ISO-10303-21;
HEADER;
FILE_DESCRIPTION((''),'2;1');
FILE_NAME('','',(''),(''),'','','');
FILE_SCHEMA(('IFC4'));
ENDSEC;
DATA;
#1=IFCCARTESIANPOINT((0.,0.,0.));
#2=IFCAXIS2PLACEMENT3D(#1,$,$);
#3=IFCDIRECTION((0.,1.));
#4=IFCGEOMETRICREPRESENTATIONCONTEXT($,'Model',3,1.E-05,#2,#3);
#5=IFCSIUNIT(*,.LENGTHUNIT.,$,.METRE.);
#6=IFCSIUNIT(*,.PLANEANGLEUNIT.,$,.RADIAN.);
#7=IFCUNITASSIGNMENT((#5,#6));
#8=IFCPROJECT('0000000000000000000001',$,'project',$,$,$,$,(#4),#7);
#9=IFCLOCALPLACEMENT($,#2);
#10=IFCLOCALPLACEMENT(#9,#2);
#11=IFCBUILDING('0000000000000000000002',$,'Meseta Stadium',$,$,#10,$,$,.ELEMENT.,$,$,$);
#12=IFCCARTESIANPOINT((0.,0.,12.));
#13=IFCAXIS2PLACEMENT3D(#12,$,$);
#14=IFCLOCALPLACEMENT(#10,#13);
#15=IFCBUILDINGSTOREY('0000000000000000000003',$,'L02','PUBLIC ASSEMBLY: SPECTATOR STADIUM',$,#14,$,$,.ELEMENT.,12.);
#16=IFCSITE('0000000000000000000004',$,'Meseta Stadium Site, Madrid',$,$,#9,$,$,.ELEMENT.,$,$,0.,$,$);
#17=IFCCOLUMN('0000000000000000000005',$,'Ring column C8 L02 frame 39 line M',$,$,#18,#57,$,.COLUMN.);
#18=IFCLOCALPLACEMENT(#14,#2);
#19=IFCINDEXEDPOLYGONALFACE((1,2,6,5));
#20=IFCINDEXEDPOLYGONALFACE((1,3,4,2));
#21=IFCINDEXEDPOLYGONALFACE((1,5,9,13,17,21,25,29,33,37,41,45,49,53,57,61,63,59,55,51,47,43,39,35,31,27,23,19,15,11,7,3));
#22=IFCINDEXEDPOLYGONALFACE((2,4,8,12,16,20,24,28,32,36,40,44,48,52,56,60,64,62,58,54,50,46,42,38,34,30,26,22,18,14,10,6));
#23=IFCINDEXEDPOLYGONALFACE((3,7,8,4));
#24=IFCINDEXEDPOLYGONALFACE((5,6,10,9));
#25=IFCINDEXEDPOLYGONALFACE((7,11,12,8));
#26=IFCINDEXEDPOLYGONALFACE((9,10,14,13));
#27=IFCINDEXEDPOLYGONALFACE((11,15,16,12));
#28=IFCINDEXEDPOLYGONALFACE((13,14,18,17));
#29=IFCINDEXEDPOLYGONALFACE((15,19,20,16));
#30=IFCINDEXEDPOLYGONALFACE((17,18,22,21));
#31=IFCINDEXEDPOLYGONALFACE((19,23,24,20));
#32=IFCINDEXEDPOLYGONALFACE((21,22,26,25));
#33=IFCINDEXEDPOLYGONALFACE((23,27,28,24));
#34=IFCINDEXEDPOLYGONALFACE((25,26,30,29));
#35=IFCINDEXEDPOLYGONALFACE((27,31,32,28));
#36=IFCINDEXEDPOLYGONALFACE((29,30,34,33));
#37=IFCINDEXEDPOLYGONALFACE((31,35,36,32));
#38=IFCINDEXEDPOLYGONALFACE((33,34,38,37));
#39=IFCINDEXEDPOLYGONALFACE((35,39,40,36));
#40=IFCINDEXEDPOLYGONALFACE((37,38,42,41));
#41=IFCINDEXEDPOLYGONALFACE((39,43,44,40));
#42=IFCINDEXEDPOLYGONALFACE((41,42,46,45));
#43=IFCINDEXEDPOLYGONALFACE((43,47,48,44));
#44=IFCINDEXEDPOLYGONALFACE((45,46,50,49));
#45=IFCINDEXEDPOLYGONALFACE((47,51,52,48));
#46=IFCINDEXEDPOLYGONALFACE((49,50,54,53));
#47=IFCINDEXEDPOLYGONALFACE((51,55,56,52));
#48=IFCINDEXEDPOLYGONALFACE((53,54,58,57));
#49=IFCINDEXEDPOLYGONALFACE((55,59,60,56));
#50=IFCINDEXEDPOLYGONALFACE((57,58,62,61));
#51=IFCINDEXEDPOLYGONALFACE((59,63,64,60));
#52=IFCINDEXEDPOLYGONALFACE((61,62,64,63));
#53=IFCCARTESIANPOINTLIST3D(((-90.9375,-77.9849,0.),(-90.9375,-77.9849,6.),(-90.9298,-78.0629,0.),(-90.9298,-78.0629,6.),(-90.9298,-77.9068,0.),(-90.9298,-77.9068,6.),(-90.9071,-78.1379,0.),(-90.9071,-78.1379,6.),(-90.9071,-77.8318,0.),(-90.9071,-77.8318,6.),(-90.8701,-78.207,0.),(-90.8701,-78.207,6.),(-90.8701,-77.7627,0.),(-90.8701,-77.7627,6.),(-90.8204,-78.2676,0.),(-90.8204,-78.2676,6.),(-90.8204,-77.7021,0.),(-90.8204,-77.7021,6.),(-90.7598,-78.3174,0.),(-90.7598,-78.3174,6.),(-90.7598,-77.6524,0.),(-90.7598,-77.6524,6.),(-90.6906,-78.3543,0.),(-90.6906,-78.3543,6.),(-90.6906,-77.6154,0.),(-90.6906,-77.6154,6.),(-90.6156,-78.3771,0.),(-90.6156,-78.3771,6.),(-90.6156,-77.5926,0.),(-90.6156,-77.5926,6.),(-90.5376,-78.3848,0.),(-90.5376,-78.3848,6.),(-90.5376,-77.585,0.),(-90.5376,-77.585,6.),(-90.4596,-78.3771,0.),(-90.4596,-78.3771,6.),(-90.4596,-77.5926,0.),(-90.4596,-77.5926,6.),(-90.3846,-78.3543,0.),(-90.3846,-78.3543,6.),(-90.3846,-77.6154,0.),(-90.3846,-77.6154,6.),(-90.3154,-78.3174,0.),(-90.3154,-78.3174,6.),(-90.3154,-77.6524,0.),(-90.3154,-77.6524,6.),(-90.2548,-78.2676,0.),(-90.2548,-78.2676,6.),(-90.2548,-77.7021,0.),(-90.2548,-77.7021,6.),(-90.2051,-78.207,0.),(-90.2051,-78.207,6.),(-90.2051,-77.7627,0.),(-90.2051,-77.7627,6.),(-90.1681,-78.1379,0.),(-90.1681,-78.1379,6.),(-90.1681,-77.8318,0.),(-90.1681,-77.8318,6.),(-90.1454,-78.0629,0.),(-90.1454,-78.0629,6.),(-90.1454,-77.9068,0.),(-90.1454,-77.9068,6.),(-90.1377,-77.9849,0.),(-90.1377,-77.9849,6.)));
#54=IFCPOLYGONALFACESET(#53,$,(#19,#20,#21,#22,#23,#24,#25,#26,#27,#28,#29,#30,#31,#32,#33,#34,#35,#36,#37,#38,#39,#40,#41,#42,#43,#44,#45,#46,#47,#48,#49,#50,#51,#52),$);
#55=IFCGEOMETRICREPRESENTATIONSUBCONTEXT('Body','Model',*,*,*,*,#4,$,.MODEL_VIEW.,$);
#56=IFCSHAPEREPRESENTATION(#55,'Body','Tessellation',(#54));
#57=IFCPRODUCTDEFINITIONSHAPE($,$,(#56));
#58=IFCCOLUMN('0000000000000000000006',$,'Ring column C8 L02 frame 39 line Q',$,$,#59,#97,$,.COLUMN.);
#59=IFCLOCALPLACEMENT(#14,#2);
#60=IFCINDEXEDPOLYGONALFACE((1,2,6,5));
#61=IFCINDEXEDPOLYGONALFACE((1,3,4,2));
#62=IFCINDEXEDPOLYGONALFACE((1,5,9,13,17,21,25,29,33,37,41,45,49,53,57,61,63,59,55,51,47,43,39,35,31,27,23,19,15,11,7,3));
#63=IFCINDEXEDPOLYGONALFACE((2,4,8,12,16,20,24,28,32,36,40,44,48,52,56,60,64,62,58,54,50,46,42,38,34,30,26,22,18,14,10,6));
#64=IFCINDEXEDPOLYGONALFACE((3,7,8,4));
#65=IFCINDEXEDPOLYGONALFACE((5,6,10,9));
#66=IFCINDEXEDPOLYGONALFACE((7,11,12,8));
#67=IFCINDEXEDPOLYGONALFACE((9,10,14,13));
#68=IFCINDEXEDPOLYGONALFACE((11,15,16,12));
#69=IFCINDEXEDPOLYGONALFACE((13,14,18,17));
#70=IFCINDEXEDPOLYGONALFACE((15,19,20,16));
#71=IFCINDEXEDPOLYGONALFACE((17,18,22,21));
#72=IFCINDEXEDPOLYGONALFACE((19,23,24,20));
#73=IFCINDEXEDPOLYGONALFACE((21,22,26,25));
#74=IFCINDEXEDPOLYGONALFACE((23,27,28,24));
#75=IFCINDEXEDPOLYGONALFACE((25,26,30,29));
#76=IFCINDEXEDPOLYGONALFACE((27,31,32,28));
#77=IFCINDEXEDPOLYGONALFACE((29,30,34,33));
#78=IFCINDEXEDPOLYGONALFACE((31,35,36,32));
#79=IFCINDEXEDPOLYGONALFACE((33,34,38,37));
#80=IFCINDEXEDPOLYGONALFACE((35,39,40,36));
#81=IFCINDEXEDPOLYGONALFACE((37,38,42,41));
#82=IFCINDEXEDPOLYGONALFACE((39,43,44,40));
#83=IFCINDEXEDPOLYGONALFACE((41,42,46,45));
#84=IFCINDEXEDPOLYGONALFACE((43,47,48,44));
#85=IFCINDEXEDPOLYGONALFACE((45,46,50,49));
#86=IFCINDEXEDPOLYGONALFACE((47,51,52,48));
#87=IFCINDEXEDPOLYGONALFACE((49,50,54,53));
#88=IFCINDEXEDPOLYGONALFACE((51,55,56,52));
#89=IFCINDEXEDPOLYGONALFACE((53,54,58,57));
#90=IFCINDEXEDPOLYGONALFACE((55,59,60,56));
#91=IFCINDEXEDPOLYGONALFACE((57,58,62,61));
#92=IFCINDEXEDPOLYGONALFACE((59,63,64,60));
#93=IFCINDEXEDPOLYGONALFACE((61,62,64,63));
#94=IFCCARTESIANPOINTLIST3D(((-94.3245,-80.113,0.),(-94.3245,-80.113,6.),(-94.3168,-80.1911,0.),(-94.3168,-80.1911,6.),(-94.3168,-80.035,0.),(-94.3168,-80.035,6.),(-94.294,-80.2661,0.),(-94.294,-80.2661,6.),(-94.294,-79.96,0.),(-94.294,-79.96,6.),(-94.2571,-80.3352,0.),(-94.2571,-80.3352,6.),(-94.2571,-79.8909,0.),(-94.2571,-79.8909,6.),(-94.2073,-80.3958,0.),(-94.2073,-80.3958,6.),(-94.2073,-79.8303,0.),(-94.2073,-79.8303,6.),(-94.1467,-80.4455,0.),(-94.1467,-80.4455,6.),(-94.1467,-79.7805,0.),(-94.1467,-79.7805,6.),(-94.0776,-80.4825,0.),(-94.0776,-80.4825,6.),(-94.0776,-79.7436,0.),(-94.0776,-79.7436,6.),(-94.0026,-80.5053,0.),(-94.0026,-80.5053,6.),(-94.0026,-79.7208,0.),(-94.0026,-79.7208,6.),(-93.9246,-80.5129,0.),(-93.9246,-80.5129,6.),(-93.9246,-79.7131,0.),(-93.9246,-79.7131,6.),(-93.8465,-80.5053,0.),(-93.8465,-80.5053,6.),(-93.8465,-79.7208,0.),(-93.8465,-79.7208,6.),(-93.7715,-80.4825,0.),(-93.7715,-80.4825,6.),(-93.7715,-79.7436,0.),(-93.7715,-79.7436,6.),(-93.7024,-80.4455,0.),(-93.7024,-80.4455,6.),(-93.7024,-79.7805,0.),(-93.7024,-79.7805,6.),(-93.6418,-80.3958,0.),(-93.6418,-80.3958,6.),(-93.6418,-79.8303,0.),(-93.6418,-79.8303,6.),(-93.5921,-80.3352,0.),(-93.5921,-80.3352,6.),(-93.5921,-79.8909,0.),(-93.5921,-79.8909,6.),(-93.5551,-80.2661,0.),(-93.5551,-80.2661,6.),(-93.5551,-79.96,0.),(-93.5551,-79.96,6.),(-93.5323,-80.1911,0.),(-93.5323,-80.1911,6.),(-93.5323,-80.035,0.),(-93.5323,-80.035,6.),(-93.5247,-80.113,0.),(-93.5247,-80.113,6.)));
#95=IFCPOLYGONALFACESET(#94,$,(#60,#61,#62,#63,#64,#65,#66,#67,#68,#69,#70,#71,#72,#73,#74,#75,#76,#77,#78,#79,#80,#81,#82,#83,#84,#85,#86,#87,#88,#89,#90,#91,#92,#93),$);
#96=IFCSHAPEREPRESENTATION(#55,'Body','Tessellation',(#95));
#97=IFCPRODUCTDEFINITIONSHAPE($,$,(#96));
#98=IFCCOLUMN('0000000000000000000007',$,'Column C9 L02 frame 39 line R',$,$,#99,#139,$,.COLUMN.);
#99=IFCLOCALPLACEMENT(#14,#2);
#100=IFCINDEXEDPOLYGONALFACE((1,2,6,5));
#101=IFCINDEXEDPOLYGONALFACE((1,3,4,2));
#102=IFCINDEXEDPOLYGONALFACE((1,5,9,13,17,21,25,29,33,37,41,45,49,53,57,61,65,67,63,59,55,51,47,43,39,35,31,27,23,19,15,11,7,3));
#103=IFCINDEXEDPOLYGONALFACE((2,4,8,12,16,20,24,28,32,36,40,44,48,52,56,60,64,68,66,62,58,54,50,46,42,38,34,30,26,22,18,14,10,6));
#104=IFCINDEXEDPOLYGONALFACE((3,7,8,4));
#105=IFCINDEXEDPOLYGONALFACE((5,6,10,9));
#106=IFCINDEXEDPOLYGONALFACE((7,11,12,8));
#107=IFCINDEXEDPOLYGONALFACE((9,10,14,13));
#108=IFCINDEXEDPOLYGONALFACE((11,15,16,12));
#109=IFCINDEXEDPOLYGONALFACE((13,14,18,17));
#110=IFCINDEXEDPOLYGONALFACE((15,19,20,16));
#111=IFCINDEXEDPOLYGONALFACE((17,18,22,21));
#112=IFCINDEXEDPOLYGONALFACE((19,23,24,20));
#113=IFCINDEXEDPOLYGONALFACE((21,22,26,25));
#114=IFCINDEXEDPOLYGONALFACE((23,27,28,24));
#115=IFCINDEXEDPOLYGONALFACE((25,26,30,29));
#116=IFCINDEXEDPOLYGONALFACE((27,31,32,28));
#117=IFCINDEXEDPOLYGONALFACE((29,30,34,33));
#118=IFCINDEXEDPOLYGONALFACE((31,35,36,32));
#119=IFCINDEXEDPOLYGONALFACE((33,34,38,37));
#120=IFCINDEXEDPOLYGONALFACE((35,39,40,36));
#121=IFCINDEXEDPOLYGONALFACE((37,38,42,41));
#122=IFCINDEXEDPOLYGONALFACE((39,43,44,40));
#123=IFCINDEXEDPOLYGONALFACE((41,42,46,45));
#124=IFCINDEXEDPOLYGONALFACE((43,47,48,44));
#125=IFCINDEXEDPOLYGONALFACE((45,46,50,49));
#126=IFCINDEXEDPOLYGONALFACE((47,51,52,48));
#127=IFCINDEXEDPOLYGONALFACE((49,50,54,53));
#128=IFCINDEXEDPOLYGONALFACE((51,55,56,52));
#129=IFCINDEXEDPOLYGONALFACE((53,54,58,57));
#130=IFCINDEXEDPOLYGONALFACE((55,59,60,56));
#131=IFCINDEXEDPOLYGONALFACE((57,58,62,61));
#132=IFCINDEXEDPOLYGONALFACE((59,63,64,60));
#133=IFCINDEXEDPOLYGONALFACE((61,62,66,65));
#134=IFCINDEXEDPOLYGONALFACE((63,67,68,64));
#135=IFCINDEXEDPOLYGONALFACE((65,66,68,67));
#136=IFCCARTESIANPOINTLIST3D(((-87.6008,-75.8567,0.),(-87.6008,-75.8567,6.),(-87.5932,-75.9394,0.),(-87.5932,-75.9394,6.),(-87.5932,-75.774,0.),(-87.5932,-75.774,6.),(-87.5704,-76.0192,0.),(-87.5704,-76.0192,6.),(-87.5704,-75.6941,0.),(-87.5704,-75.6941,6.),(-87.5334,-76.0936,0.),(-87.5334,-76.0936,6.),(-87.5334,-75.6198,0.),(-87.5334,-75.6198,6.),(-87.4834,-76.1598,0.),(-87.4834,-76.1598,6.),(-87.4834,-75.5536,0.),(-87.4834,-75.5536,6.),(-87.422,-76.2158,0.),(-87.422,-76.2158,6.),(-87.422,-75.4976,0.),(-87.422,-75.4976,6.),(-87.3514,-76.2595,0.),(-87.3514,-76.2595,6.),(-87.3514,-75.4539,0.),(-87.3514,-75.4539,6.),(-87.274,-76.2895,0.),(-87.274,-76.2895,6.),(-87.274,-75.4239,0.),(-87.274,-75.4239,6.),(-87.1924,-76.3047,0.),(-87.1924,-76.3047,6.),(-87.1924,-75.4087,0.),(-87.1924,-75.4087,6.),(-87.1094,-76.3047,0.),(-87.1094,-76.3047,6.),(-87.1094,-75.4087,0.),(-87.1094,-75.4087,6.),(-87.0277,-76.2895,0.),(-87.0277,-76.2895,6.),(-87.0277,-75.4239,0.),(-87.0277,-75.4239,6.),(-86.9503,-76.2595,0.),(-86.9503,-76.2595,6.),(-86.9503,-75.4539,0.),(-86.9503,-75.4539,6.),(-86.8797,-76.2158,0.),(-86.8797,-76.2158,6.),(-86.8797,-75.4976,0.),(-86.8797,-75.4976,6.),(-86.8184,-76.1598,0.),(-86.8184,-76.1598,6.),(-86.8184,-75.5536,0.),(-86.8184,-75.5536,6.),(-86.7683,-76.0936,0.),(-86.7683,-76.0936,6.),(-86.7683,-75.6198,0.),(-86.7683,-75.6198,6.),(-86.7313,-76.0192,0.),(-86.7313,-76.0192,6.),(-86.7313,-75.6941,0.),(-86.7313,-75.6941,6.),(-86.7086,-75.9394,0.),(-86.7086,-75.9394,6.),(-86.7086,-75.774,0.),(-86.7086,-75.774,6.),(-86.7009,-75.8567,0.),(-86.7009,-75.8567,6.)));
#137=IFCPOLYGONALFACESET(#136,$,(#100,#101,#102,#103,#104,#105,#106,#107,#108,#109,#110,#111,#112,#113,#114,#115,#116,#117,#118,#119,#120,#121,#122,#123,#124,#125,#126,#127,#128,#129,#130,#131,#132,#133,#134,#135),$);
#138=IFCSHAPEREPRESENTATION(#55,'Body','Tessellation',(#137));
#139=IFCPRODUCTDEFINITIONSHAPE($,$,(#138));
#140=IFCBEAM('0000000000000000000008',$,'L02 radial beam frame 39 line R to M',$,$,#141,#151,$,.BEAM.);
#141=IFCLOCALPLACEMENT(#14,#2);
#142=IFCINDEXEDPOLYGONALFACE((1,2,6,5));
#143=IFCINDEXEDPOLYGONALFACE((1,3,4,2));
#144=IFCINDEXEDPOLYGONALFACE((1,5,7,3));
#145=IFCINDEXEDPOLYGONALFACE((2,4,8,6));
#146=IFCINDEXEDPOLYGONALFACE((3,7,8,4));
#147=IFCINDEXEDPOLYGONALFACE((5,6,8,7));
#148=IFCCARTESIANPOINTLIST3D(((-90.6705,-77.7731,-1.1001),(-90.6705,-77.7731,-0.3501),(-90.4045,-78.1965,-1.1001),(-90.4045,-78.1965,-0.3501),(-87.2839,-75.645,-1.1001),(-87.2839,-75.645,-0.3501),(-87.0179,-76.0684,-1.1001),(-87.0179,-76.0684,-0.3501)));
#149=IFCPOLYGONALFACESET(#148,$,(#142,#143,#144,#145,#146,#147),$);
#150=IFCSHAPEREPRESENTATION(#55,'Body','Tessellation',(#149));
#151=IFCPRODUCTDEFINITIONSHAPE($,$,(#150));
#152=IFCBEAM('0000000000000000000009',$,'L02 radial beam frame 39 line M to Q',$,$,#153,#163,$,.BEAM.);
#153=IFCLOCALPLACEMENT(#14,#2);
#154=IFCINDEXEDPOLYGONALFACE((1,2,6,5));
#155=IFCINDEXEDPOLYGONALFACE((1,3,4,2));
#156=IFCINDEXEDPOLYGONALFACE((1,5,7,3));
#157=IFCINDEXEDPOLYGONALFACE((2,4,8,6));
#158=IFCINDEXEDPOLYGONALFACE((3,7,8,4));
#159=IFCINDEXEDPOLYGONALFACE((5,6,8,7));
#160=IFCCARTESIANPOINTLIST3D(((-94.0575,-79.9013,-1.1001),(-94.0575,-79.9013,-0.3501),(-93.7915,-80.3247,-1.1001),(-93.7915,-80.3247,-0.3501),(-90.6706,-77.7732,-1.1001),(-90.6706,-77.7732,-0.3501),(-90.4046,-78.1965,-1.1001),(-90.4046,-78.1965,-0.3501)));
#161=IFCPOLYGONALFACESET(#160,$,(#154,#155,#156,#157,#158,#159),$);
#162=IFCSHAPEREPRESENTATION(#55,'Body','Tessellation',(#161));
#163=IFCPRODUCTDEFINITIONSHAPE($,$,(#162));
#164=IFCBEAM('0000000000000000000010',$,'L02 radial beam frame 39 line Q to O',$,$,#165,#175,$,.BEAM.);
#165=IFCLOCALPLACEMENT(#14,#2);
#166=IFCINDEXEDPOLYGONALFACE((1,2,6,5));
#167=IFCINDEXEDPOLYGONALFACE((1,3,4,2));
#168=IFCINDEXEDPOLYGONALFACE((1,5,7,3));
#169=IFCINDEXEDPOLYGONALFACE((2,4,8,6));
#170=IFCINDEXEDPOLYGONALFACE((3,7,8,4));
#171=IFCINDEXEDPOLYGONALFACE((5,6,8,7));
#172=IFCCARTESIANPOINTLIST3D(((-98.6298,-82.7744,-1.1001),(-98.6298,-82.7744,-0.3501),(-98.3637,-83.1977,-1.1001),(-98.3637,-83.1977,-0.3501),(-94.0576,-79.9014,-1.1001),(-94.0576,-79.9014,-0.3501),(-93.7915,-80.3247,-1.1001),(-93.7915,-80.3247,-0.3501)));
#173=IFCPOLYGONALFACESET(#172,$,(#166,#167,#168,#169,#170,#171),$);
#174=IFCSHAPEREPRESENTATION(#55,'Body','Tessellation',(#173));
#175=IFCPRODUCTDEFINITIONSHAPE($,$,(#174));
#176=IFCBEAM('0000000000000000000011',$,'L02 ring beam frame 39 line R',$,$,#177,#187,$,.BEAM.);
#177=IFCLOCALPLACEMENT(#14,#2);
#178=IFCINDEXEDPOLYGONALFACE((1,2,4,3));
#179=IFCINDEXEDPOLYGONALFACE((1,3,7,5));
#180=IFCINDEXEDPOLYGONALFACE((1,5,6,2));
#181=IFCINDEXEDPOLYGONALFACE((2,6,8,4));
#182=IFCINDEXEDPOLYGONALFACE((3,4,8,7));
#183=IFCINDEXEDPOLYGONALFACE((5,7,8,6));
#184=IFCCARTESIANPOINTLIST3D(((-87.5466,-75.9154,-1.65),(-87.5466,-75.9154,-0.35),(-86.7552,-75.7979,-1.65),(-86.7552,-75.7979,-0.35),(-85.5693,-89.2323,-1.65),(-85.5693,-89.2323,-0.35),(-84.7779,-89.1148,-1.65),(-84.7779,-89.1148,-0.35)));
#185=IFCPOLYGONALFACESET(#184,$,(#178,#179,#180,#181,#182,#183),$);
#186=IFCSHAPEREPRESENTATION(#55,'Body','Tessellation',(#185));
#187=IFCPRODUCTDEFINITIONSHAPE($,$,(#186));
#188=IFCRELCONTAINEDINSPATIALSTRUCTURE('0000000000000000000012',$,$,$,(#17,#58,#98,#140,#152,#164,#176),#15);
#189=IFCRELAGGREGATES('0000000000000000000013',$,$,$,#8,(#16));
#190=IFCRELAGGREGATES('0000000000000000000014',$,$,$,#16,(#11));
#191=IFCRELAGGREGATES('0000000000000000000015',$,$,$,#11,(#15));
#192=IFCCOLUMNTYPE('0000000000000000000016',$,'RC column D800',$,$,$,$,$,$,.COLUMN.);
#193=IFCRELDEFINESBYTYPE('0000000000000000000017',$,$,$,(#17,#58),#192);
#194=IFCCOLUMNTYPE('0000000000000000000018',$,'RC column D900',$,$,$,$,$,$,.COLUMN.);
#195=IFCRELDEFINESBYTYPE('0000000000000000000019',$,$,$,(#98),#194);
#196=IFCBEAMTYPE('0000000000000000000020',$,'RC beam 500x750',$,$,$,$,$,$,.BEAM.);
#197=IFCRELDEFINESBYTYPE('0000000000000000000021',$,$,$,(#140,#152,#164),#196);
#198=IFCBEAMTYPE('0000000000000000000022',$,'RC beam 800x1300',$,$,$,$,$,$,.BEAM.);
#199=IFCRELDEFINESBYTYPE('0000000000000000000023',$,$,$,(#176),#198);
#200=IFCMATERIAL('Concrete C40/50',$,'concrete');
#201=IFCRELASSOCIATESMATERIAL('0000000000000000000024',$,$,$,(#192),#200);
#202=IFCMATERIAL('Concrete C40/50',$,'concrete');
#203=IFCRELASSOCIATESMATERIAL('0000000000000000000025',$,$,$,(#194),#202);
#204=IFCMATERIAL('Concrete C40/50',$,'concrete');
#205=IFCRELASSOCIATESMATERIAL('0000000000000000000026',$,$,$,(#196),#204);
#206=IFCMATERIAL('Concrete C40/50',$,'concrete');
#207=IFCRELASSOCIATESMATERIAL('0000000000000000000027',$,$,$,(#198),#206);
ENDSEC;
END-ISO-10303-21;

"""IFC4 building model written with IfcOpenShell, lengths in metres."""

from ifc_helpers import new_model, si_unit, direction, frame, origin, origin_2d, place, context, subcontext, project, spatial, rectangle, circle, extrude, material, material_profile, profile_set, type_object, element, save


model = new_model("IFC4")

# Units and contexts
model_context = context("Model", 3, precision=1e-05, world=origin(), true_north=direction((0.0, 1.0)))
body_context = subcontext(model_context, "Body", "Model", "MODEL_VIEW")
ifc_project = project(units=[si_unit("LENGTHUNIT", "METRE"), si_unit("PLANEANGLEUNIT", "RADIAN")], contexts=[model_context])

# Site, building, storey
site_placement = place(None, origin())
site = spatial("IfcSite", under=ifc_project, at=site_placement, Name="Meseta Stadium Site, Madrid", CompositionType="ELEMENT", RefElevation=0.0)
building_placement = place(site_placement, origin())
building = spatial("IfcBuilding", under=site, at=building_placement, Name="Meseta Stadium", CompositionType="ELEMENT")
storey_placement = place(building_placement, frame((0.0, 0.0, 12.0)))
storey = spatial("IfcBuildingStorey", under=building, at=storey_placement, Name="L02", Description="PUBLIC ASSEMBLY: SPECTATOR STADIUM", CompositionType="ELEMENT", Elevation=12.0)

# Columns
ifc_material_1 = material(Name="Concrete C40/50", Category="concrete")
ifc_material_profile_1 = material_profile(ifc_material_1, circle(Radius=0.3999, at=origin_2d()), Name="RC D800")
ifc_profile_set_1 = profile_set([ifc_material_profile_1], Name="Concrete C40/50")
column_type_1 = type_object("IfcColumnType", Name="RC column D800", PredefinedType="COLUMN", material=ifc_profile_set_1)
for number, where, z_axis, x_axis, name in (
    (1, (-90.5376, -77.9849, 0.0), (0.0, 0.0, 1.0), (1.0, 0.0, 0.0), "Ring column C8 L02 frame 39 line M"),
    (2, (-93.9246, -80.113, 0.0), (0.0, 0.0, 1.0), (1.0, 0.0, 0.0), "Ring column C8 L02 frame 39 line Q"),
):
    element("IfcColumn", number, at=place(storey_placement, frame(where, z_axis=z_axis, x_axis=x_axis)), inside=storey, type_object=column_type_1, Name=name, PredefinedType="COLUMN", context=body_context, shape_type="SweptSolid", body=[
        extrude(circle(Radius=0.3999, at=origin_2d()), origin(), (0.0, 0.0, 1.0), 6.0),
    ])
ifc_material_2 = material(Name="Concrete C40/50", Category="concrete")
ifc_material_profile_2 = material_profile(ifc_material_2, circle(Radius=0.45, at=origin_2d()), Name="RC D900")
ifc_profile_set_2 = profile_set([ifc_material_profile_2], Name="Concrete C40/50")
column_type_2 = type_object("IfcColumnType", Name="RC column D900", PredefinedType="COLUMN", material=ifc_profile_set_2)
column_placement = place(storey_placement, frame((-87.1509, -75.8567, 0.0), z_axis=(0.0, 0.0, 1.0), x_axis=(1.0, 0.0, 0.0)))
element("IfcColumn", 3, at=column_placement, inside=storey, type_object=column_type_2, Name="Column C9 L02 frame 39 line R", PredefinedType="COLUMN", context=body_context, shape_type="SweptSolid", body=[
    extrude(circle(Radius=0.45, at=origin_2d()), origin(), (0.0, 0.0, 1.0), 6.0),
])

# Beams
ifc_material_3 = material(Name="Concrete C40/50", Category="concrete")
ifc_material_profile_3 = material_profile(ifc_material_3, rectangle(XDim=0.5, YDim=0.75, at=origin_2d()), Name="RC 500x750")
ifc_profile_set_3 = profile_set([ifc_material_profile_3], Name="Concrete C40/50")
beam_type_1 = type_object("IfcBeamType", Name="RC beam 500x750", PredefinedType="BEAM", material=ifc_profile_set_3)
beam_1_placement = place(storey_placement, frame((-87.1509, -75.8567, -0.7251), z_axis=(-0.846706, -0.53206, 0.0), x_axis=(0.53206, -0.846706, 0.0)))
element("IfcBeam", 4, at=beam_1_placement, inside=storey, type_object=beam_type_1, Name="L02 radial beam frame 39 line R to M", PredefinedType="BEAM", context=body_context, shape_type="SweptSolid", body=[
    extrude(rectangle(XDim=0.5, YDim=0.75, at=origin_2d()), origin(), (0.0, 0.0, 1.0), 3.9998),
])
beam_2_placement = place(storey_placement, frame((-90.5376, -77.9849, -0.7251), z_axis=(-0.846724, -0.532033, 0.0), x_axis=(0.532033, -0.846724, 0.0)))
element("IfcBeam", 5, at=beam_2_placement, inside=storey, type_object=beam_type_1, Name="L02 radial beam frame 39 line M to Q", PredefinedType="BEAM", context=body_context, shape_type="SweptSolid", body=[
    extrude(rectangle(XDim=0.5, YDim=0.75, at=origin_2d()), origin(), (0.0, 0.0, 1.0), 4.0),
])
beam_3_placement = place(storey_placement, frame((-93.9246, -80.113, -0.7251), z_axis=(-0.846716, -0.532046, 0.0), x_axis=(0.532046, -0.846716, 0.0)))
element("IfcBeam", 6, at=beam_3_placement, inside=storey, type_object=beam_type_1, Name="L02 radial beam frame 39 line Q to O", PredefinedType="BEAM", context=body_context, shape_type="SweptSolid", body=[
    extrude(rectangle(XDim=0.5, YDim=0.75, at=origin_2d()), origin(), (0.0, 0.0, 1.0), 5.3999),
])
ifc_material_4 = material(Name="Concrete C40/50", Category="concrete")
ifc_material_profile_4 = material_profile(ifc_material_4, rectangle(XDim=0.8, YDim=1.3, at=origin_2d()), Name="RC 800x1300")
ifc_profile_set_4 = profile_set([ifc_material_profile_4], Name="Concrete C40/50")
beam_type_2 = type_object("IfcBeamType", Name="RC beam 800x1300", PredefinedType="BEAM", material=ifc_profile_set_4)
beam_4_placement = place(storey_placement, frame((-87.1509, -75.8567, -1.0), z_axis=(0.14687, -0.989156, 0.0), x_axis=(0.989156, 0.14687, 0.0)))
element("IfcBeam", 7, at=beam_4_placement, inside=storey, type_object=beam_type_2, Name="L02 ring beam frame 39 line R", PredefinedType="BEAM", context=body_context, shape_type="SweptSolid", body=[
    extrude(rectangle(XDim=0.8, YDim=1.3, at=origin_2d()), origin(), (0.0, 0.0, 1.0), 13.4629),
])

save(model, "model.ifc")
